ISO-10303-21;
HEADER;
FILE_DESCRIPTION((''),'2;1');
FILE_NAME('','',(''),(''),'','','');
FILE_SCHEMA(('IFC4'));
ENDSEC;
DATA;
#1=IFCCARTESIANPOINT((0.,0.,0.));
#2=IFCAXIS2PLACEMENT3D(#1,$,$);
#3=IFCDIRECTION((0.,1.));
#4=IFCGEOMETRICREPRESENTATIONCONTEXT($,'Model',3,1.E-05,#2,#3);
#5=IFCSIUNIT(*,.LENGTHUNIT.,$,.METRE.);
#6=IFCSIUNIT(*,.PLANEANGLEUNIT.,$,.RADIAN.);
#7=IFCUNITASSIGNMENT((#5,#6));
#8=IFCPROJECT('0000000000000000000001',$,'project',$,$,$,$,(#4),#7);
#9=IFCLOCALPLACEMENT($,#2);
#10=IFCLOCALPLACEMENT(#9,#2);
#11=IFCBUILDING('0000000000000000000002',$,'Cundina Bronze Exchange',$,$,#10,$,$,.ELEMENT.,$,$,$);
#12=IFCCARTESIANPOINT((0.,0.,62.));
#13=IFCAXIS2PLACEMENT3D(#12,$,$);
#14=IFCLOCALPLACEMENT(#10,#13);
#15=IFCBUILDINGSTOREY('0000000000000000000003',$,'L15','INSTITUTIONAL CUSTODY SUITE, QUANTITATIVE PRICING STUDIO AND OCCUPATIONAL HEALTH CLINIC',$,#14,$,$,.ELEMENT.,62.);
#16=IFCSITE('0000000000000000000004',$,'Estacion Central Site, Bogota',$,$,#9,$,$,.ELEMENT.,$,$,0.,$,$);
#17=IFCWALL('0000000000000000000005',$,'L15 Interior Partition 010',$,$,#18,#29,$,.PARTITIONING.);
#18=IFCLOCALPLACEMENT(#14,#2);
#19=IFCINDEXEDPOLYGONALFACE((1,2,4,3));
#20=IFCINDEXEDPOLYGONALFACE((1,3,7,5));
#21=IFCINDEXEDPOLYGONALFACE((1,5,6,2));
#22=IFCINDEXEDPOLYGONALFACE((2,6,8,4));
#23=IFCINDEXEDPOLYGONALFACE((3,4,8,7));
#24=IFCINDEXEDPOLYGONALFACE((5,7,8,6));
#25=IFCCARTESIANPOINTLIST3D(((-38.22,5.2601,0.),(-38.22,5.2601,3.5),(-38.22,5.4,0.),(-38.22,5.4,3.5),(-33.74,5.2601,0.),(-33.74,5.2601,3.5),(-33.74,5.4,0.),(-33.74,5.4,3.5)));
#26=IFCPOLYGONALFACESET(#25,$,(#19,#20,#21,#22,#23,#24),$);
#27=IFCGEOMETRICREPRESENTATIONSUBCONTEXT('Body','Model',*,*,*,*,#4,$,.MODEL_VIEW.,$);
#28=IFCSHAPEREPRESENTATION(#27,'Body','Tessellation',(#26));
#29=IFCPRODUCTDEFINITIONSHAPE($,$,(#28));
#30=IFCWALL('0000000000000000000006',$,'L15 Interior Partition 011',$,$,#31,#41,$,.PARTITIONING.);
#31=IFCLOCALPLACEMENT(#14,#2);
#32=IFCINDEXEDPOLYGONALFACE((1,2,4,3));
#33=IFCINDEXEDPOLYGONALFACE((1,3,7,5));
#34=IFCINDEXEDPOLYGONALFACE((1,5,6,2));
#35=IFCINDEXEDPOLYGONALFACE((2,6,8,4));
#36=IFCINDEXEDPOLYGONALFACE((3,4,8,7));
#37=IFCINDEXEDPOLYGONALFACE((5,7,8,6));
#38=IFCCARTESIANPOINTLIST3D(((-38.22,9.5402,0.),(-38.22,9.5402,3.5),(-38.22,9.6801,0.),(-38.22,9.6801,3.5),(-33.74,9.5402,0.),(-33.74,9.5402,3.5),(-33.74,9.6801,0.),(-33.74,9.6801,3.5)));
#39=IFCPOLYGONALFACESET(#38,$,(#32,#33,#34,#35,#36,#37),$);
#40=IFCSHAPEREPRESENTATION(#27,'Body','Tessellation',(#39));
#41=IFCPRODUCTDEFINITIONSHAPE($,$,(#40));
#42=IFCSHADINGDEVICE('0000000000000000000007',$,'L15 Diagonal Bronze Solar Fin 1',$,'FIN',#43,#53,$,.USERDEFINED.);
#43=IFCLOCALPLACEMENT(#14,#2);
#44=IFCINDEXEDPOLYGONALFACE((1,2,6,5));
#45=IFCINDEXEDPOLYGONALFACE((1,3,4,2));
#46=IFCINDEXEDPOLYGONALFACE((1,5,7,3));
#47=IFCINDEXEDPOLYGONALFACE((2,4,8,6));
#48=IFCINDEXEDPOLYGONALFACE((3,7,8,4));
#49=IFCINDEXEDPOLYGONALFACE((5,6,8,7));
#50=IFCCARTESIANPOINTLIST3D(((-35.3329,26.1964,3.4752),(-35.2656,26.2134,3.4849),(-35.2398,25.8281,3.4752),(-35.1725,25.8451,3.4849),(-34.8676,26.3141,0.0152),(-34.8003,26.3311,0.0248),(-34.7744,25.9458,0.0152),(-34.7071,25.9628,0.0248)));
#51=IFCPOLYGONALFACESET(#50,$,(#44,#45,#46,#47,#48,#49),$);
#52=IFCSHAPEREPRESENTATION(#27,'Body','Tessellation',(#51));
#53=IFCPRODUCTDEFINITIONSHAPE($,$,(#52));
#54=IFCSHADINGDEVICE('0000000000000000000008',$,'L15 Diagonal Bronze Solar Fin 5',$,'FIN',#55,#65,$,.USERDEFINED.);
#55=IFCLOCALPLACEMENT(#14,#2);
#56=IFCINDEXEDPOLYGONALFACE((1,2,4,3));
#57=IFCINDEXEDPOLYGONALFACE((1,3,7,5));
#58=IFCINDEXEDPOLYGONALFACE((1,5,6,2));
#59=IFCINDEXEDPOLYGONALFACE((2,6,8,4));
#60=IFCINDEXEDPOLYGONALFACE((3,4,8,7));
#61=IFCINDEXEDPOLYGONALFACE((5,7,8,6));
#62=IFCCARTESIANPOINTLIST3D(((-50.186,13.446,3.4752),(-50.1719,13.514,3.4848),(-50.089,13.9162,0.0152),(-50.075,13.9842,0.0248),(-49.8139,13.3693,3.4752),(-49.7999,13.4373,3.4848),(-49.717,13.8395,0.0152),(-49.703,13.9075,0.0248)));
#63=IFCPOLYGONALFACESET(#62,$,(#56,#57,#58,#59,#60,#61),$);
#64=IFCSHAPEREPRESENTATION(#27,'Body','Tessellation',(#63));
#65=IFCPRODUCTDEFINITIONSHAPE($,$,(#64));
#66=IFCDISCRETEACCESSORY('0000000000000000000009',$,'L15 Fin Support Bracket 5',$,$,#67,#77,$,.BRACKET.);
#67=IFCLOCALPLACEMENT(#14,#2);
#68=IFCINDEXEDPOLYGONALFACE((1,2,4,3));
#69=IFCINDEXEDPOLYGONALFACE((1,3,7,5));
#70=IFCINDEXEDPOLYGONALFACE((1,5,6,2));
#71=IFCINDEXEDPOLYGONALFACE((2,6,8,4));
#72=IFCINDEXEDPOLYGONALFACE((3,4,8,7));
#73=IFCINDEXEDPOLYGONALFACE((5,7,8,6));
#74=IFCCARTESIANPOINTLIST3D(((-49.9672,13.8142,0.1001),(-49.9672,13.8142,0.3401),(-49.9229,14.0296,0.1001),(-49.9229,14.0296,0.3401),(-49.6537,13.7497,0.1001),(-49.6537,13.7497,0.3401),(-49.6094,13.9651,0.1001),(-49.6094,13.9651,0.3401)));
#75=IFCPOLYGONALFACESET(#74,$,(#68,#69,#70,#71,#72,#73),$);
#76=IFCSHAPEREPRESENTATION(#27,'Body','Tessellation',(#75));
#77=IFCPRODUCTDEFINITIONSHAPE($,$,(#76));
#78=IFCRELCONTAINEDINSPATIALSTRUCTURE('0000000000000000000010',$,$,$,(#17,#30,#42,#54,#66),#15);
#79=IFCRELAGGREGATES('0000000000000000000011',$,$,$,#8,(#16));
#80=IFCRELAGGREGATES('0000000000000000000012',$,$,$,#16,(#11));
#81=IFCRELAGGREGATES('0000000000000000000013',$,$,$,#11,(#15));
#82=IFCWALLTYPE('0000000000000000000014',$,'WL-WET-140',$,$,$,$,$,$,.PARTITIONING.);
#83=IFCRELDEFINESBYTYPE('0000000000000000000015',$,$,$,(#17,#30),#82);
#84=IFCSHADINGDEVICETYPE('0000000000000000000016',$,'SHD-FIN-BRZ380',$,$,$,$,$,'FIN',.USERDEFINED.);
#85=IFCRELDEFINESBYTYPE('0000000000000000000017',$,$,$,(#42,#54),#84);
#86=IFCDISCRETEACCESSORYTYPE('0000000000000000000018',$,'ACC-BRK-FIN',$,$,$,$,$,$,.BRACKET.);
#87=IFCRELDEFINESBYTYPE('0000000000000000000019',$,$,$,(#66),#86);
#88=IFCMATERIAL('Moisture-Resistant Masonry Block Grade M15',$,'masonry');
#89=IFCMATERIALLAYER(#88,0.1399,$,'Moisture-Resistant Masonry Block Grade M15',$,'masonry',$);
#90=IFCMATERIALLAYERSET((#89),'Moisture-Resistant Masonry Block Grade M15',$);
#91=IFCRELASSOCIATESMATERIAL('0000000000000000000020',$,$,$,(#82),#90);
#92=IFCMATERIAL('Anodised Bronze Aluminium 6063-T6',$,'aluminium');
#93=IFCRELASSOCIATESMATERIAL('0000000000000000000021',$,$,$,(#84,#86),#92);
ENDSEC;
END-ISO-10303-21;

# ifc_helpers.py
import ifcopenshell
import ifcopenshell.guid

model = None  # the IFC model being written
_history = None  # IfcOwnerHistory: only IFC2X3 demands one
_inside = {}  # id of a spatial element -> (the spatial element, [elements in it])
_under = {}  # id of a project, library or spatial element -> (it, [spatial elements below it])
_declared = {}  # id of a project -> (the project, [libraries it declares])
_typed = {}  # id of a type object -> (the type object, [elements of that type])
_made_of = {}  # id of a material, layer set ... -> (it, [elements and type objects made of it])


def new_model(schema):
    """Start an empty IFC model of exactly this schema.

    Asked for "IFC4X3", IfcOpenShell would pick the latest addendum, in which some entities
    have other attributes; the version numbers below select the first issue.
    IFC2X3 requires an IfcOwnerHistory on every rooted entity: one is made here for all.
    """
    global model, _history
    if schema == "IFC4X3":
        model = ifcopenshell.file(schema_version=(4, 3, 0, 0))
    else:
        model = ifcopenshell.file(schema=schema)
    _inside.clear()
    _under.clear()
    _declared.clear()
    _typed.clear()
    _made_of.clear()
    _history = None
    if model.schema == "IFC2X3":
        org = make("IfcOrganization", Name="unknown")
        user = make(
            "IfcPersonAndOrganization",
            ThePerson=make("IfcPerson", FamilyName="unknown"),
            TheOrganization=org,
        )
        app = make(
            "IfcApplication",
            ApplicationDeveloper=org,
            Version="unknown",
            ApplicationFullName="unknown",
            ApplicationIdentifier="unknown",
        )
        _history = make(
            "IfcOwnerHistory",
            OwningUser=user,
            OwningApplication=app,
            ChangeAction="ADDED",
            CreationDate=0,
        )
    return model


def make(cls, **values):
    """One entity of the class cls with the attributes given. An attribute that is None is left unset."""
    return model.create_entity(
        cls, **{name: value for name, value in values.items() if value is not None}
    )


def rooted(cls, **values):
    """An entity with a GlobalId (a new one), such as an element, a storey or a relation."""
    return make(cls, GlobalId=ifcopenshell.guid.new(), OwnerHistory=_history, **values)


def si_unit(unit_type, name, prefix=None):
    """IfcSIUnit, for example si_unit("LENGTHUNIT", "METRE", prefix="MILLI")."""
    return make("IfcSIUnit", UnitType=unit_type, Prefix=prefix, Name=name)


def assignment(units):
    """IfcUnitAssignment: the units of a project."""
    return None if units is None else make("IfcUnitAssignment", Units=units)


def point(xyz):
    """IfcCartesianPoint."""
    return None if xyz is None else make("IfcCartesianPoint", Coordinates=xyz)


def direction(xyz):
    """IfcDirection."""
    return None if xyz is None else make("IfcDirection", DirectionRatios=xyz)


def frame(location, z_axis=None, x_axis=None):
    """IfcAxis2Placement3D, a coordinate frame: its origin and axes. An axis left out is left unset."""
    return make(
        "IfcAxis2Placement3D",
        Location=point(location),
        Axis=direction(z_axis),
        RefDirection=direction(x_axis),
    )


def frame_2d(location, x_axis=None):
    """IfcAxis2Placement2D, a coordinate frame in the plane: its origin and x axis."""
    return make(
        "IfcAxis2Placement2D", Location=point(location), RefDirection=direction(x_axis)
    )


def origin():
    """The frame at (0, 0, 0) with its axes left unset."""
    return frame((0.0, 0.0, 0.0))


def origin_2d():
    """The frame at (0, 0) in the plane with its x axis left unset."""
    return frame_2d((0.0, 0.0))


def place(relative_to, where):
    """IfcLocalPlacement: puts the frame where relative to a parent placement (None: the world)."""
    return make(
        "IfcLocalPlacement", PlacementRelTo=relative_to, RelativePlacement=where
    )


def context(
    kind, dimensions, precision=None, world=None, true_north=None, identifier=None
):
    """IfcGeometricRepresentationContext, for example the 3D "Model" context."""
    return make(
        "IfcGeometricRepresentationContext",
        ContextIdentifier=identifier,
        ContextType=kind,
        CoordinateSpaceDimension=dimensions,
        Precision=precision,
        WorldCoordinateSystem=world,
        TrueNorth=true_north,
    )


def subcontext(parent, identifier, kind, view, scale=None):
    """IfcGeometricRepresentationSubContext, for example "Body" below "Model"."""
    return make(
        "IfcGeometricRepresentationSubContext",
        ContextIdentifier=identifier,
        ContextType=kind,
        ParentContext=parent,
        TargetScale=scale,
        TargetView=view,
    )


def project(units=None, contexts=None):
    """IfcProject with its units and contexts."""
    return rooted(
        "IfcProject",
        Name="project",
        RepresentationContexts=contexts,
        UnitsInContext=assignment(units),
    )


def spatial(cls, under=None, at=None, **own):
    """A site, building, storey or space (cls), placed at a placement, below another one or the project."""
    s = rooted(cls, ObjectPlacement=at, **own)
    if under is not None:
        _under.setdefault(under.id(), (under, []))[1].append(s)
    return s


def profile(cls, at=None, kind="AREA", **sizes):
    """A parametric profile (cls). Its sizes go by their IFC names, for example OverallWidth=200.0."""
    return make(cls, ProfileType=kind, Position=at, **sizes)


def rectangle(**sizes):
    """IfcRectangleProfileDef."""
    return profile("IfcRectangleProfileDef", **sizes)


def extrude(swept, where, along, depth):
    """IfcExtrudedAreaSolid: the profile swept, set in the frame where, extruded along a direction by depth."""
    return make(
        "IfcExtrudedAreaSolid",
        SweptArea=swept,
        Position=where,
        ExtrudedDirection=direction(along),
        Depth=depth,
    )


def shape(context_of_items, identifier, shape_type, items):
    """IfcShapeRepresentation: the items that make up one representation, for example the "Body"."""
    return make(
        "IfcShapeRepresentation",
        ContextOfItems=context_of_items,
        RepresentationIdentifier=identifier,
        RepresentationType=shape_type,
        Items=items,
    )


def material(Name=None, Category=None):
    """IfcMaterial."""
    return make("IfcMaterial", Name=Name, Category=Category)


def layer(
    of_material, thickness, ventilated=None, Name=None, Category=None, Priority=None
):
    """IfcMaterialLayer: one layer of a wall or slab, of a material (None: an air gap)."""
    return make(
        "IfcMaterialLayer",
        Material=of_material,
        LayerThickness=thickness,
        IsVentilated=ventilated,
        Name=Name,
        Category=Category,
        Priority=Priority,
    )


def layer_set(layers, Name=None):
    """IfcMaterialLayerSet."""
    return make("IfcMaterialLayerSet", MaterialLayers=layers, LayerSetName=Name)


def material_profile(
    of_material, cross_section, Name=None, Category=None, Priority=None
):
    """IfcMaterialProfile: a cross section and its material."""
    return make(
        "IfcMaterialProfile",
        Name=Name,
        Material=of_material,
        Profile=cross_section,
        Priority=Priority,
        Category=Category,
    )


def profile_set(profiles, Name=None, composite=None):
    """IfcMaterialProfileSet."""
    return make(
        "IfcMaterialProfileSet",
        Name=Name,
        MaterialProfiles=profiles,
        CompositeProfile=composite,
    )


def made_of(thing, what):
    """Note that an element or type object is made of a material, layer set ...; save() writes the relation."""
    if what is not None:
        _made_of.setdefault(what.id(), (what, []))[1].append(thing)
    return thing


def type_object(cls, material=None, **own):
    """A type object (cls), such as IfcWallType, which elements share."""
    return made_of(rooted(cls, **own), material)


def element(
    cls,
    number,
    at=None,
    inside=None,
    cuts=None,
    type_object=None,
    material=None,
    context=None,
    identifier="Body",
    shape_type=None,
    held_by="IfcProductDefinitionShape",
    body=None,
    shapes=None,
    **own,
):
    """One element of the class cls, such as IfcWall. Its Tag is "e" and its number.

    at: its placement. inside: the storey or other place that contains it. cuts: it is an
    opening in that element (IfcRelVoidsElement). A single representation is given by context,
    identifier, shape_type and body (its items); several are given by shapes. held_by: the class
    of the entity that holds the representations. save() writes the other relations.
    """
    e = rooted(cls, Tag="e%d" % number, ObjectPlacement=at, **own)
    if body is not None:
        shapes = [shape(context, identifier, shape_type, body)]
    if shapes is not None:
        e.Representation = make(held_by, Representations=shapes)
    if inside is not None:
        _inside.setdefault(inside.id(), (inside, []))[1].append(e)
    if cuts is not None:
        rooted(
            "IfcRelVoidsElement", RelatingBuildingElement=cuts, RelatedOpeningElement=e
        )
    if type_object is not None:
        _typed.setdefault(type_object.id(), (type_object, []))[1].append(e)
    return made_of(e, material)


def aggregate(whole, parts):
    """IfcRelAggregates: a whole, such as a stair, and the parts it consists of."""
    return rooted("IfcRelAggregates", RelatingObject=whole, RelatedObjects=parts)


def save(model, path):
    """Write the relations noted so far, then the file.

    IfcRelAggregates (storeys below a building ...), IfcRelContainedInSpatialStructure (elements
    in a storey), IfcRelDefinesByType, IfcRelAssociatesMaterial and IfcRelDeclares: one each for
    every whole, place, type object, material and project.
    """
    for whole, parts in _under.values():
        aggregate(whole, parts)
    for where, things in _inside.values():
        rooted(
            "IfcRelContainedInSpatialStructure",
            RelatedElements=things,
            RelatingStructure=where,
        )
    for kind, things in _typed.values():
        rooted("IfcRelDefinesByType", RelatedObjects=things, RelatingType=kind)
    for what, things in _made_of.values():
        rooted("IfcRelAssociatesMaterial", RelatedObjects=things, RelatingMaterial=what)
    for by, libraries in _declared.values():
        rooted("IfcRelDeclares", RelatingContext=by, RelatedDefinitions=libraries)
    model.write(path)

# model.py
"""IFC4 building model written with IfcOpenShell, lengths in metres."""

from ifc_helpers import new_model, si_unit, direction, frame, frame_2d, origin, origin_2d, place, context, subcontext, project, spatial, rectangle, extrude, material, layer, layer_set, material_profile, profile_set, type_object, element, save


model = new_model("IFC4")

# Units and contexts
model_context = context("Model", 3, precision=1e-05, world=origin(), true_north=direction((0.0, 1.0)))
body_context = subcontext(model_context, "Body", "Model", "MODEL_VIEW")
ifc_project = project(units=[si_unit("LENGTHUNIT", "METRE"), si_unit("PLANEANGLEUNIT", "RADIAN")], contexts=[model_context])

# Site, building, storey
site_placement = place(None, origin())
site = spatial("IfcSite", under=ifc_project, at=site_placement, Name="Estacion Central Site, Bogota", CompositionType="ELEMENT", RefElevation=0.0)
building_placement = place(site_placement, origin())
building = spatial("IfcBuilding", under=site, at=building_placement, Name="Cundina Bronze Exchange", CompositionType="ELEMENT")
storey_placement = place(building_placement, frame((0.0, 0.0, 62.0)))
storey = spatial("IfcBuildingStorey", under=building, at=storey_placement, Name="L15", Description="INSTITUTIONAL CUSTODY SUITE, QUANTITATIVE PRICING STUDIO AND OCCUPATIONAL HEALTH CLINIC", CompositionType="ELEMENT", Elevation=62.0)

# Shared definitions
ifc_material_1 = material(Name="Anodised Bronze Aluminium 6063-T6", Category="aluminium")

# Walls
ifc_material_2 = material(Name="Moisture-Resistant Masonry Block Grade M15", Category="masonry")
ifc_layer_1 = layer(ifc_material_2, 0.1399, Name="Moisture-Resistant Masonry Block Grade M15", Category="masonry")
ifc_layer_set_1 = layer_set([ifc_layer_1], Name="Moisture-Resistant Masonry Block Grade M15")
wall_type_1 = type_object("IfcWallType", Name="WL-WET-140", PredefinedType="PARTITIONING", material=ifc_layer_set_1)
for number, where, z_axis, x_axis, name in (
    (1, (-38.22, 5.3301, 0.0), (0.0, 0.0, 1.0), (1.0, 0.0, 0.0), "L15 Interior Partition 010"),
    (2, (-38.22, 9.6101, 0.0), (0.0, 0.0, 1.0), (1.0, 0.0, 0.0), "L15 Interior Partition 011"),
):
    element("IfcWall", number, at=place(storey_placement, frame(where, z_axis=z_axis, x_axis=x_axis)), inside=storey, type_object=wall_type_1, Name=name, PredefinedType="PARTITIONING", context=body_context, shape_type="SweptSolid", body=[
        extrude(rectangle(XDim=4.48, YDim=0.1399, at=frame_2d((2.24, 0.0))), origin(), (0.0, 0.0, 1.0), 3.5),
    ])

# Shading devices
ifc_material_profile_1 = material_profile(ifc_material_1, rectangle(XDim=0.0701, YDim=0.3799, at=origin_2d()), Name="FIN70X380", Category="aluminium")
ifc_profile_set_1 = profile_set([ifc_material_profile_1], Name="Anodised Bronze Aluminium 6063-T6")
shading_device_type = type_object("IfcShadingDeviceType", Name="SHD-FIN-BRZ380", ElementType="FIN", PredefinedType="USERDEFINED", material=ifc_profile_set_1)
for number, where, z_axis, x_axis, name in (
    (3, (-34.7874, 26.1384, 0.02), (-0.133215, -0.033688, 0.990514), (0.960285, 0.242842, 0.137408), "L15 Diagonal Bronze Solar Fin 1"),
    (4, (-49.896, 13.9119, 0.02), (-0.027747, -0.134612, 0.99051), (0.199967, 0.970115, 0.137442), "L15 Diagonal Bronze Solar Fin 5"),
):
    element("IfcShadingDevice", number, at=place(storey_placement, frame(where, z_axis=z_axis, x_axis=x_axis)), inside=storey, type_object=shading_device_type, Name=name, ObjectType="FIN", PredefinedType="USERDEFINED", context=body_context, shape_type="SweptSolid", body=[
        extrude(rectangle(XDim=0.0701, YDim=0.3799, at=origin_2d()), origin(), (0.0, 0.0, 1.0), 3.4932),
    ])

# Discrete accessory
discrete_accessory_type = type_object("IfcDiscreteAccessoryType", Name="ACC-BRK-FIN", PredefinedType="BRACKET", material=ifc_material_1)
discrete_accessory_placement = place(storey_placement, frame((-49.7883, 13.8896, 0.1001), z_axis=(0.0, 0.0, 1.0), x_axis=(-0.20142, -0.979505, 0.0)))
element("IfcDiscreteAccessory", 5, at=discrete_accessory_placement, inside=storey, type_object=discrete_accessory_type, Name="L15 Fin Support Bracket 5", PredefinedType="BRACKET", context=body_context, shape_type="SweptSolid", body=[
    extrude(rectangle(XDim=0.22, YDim=0.3201, at=origin_2d()), origin(), (0.0, 0.0, 1.0), 0.24),
])

save(model, "model.ifc")
